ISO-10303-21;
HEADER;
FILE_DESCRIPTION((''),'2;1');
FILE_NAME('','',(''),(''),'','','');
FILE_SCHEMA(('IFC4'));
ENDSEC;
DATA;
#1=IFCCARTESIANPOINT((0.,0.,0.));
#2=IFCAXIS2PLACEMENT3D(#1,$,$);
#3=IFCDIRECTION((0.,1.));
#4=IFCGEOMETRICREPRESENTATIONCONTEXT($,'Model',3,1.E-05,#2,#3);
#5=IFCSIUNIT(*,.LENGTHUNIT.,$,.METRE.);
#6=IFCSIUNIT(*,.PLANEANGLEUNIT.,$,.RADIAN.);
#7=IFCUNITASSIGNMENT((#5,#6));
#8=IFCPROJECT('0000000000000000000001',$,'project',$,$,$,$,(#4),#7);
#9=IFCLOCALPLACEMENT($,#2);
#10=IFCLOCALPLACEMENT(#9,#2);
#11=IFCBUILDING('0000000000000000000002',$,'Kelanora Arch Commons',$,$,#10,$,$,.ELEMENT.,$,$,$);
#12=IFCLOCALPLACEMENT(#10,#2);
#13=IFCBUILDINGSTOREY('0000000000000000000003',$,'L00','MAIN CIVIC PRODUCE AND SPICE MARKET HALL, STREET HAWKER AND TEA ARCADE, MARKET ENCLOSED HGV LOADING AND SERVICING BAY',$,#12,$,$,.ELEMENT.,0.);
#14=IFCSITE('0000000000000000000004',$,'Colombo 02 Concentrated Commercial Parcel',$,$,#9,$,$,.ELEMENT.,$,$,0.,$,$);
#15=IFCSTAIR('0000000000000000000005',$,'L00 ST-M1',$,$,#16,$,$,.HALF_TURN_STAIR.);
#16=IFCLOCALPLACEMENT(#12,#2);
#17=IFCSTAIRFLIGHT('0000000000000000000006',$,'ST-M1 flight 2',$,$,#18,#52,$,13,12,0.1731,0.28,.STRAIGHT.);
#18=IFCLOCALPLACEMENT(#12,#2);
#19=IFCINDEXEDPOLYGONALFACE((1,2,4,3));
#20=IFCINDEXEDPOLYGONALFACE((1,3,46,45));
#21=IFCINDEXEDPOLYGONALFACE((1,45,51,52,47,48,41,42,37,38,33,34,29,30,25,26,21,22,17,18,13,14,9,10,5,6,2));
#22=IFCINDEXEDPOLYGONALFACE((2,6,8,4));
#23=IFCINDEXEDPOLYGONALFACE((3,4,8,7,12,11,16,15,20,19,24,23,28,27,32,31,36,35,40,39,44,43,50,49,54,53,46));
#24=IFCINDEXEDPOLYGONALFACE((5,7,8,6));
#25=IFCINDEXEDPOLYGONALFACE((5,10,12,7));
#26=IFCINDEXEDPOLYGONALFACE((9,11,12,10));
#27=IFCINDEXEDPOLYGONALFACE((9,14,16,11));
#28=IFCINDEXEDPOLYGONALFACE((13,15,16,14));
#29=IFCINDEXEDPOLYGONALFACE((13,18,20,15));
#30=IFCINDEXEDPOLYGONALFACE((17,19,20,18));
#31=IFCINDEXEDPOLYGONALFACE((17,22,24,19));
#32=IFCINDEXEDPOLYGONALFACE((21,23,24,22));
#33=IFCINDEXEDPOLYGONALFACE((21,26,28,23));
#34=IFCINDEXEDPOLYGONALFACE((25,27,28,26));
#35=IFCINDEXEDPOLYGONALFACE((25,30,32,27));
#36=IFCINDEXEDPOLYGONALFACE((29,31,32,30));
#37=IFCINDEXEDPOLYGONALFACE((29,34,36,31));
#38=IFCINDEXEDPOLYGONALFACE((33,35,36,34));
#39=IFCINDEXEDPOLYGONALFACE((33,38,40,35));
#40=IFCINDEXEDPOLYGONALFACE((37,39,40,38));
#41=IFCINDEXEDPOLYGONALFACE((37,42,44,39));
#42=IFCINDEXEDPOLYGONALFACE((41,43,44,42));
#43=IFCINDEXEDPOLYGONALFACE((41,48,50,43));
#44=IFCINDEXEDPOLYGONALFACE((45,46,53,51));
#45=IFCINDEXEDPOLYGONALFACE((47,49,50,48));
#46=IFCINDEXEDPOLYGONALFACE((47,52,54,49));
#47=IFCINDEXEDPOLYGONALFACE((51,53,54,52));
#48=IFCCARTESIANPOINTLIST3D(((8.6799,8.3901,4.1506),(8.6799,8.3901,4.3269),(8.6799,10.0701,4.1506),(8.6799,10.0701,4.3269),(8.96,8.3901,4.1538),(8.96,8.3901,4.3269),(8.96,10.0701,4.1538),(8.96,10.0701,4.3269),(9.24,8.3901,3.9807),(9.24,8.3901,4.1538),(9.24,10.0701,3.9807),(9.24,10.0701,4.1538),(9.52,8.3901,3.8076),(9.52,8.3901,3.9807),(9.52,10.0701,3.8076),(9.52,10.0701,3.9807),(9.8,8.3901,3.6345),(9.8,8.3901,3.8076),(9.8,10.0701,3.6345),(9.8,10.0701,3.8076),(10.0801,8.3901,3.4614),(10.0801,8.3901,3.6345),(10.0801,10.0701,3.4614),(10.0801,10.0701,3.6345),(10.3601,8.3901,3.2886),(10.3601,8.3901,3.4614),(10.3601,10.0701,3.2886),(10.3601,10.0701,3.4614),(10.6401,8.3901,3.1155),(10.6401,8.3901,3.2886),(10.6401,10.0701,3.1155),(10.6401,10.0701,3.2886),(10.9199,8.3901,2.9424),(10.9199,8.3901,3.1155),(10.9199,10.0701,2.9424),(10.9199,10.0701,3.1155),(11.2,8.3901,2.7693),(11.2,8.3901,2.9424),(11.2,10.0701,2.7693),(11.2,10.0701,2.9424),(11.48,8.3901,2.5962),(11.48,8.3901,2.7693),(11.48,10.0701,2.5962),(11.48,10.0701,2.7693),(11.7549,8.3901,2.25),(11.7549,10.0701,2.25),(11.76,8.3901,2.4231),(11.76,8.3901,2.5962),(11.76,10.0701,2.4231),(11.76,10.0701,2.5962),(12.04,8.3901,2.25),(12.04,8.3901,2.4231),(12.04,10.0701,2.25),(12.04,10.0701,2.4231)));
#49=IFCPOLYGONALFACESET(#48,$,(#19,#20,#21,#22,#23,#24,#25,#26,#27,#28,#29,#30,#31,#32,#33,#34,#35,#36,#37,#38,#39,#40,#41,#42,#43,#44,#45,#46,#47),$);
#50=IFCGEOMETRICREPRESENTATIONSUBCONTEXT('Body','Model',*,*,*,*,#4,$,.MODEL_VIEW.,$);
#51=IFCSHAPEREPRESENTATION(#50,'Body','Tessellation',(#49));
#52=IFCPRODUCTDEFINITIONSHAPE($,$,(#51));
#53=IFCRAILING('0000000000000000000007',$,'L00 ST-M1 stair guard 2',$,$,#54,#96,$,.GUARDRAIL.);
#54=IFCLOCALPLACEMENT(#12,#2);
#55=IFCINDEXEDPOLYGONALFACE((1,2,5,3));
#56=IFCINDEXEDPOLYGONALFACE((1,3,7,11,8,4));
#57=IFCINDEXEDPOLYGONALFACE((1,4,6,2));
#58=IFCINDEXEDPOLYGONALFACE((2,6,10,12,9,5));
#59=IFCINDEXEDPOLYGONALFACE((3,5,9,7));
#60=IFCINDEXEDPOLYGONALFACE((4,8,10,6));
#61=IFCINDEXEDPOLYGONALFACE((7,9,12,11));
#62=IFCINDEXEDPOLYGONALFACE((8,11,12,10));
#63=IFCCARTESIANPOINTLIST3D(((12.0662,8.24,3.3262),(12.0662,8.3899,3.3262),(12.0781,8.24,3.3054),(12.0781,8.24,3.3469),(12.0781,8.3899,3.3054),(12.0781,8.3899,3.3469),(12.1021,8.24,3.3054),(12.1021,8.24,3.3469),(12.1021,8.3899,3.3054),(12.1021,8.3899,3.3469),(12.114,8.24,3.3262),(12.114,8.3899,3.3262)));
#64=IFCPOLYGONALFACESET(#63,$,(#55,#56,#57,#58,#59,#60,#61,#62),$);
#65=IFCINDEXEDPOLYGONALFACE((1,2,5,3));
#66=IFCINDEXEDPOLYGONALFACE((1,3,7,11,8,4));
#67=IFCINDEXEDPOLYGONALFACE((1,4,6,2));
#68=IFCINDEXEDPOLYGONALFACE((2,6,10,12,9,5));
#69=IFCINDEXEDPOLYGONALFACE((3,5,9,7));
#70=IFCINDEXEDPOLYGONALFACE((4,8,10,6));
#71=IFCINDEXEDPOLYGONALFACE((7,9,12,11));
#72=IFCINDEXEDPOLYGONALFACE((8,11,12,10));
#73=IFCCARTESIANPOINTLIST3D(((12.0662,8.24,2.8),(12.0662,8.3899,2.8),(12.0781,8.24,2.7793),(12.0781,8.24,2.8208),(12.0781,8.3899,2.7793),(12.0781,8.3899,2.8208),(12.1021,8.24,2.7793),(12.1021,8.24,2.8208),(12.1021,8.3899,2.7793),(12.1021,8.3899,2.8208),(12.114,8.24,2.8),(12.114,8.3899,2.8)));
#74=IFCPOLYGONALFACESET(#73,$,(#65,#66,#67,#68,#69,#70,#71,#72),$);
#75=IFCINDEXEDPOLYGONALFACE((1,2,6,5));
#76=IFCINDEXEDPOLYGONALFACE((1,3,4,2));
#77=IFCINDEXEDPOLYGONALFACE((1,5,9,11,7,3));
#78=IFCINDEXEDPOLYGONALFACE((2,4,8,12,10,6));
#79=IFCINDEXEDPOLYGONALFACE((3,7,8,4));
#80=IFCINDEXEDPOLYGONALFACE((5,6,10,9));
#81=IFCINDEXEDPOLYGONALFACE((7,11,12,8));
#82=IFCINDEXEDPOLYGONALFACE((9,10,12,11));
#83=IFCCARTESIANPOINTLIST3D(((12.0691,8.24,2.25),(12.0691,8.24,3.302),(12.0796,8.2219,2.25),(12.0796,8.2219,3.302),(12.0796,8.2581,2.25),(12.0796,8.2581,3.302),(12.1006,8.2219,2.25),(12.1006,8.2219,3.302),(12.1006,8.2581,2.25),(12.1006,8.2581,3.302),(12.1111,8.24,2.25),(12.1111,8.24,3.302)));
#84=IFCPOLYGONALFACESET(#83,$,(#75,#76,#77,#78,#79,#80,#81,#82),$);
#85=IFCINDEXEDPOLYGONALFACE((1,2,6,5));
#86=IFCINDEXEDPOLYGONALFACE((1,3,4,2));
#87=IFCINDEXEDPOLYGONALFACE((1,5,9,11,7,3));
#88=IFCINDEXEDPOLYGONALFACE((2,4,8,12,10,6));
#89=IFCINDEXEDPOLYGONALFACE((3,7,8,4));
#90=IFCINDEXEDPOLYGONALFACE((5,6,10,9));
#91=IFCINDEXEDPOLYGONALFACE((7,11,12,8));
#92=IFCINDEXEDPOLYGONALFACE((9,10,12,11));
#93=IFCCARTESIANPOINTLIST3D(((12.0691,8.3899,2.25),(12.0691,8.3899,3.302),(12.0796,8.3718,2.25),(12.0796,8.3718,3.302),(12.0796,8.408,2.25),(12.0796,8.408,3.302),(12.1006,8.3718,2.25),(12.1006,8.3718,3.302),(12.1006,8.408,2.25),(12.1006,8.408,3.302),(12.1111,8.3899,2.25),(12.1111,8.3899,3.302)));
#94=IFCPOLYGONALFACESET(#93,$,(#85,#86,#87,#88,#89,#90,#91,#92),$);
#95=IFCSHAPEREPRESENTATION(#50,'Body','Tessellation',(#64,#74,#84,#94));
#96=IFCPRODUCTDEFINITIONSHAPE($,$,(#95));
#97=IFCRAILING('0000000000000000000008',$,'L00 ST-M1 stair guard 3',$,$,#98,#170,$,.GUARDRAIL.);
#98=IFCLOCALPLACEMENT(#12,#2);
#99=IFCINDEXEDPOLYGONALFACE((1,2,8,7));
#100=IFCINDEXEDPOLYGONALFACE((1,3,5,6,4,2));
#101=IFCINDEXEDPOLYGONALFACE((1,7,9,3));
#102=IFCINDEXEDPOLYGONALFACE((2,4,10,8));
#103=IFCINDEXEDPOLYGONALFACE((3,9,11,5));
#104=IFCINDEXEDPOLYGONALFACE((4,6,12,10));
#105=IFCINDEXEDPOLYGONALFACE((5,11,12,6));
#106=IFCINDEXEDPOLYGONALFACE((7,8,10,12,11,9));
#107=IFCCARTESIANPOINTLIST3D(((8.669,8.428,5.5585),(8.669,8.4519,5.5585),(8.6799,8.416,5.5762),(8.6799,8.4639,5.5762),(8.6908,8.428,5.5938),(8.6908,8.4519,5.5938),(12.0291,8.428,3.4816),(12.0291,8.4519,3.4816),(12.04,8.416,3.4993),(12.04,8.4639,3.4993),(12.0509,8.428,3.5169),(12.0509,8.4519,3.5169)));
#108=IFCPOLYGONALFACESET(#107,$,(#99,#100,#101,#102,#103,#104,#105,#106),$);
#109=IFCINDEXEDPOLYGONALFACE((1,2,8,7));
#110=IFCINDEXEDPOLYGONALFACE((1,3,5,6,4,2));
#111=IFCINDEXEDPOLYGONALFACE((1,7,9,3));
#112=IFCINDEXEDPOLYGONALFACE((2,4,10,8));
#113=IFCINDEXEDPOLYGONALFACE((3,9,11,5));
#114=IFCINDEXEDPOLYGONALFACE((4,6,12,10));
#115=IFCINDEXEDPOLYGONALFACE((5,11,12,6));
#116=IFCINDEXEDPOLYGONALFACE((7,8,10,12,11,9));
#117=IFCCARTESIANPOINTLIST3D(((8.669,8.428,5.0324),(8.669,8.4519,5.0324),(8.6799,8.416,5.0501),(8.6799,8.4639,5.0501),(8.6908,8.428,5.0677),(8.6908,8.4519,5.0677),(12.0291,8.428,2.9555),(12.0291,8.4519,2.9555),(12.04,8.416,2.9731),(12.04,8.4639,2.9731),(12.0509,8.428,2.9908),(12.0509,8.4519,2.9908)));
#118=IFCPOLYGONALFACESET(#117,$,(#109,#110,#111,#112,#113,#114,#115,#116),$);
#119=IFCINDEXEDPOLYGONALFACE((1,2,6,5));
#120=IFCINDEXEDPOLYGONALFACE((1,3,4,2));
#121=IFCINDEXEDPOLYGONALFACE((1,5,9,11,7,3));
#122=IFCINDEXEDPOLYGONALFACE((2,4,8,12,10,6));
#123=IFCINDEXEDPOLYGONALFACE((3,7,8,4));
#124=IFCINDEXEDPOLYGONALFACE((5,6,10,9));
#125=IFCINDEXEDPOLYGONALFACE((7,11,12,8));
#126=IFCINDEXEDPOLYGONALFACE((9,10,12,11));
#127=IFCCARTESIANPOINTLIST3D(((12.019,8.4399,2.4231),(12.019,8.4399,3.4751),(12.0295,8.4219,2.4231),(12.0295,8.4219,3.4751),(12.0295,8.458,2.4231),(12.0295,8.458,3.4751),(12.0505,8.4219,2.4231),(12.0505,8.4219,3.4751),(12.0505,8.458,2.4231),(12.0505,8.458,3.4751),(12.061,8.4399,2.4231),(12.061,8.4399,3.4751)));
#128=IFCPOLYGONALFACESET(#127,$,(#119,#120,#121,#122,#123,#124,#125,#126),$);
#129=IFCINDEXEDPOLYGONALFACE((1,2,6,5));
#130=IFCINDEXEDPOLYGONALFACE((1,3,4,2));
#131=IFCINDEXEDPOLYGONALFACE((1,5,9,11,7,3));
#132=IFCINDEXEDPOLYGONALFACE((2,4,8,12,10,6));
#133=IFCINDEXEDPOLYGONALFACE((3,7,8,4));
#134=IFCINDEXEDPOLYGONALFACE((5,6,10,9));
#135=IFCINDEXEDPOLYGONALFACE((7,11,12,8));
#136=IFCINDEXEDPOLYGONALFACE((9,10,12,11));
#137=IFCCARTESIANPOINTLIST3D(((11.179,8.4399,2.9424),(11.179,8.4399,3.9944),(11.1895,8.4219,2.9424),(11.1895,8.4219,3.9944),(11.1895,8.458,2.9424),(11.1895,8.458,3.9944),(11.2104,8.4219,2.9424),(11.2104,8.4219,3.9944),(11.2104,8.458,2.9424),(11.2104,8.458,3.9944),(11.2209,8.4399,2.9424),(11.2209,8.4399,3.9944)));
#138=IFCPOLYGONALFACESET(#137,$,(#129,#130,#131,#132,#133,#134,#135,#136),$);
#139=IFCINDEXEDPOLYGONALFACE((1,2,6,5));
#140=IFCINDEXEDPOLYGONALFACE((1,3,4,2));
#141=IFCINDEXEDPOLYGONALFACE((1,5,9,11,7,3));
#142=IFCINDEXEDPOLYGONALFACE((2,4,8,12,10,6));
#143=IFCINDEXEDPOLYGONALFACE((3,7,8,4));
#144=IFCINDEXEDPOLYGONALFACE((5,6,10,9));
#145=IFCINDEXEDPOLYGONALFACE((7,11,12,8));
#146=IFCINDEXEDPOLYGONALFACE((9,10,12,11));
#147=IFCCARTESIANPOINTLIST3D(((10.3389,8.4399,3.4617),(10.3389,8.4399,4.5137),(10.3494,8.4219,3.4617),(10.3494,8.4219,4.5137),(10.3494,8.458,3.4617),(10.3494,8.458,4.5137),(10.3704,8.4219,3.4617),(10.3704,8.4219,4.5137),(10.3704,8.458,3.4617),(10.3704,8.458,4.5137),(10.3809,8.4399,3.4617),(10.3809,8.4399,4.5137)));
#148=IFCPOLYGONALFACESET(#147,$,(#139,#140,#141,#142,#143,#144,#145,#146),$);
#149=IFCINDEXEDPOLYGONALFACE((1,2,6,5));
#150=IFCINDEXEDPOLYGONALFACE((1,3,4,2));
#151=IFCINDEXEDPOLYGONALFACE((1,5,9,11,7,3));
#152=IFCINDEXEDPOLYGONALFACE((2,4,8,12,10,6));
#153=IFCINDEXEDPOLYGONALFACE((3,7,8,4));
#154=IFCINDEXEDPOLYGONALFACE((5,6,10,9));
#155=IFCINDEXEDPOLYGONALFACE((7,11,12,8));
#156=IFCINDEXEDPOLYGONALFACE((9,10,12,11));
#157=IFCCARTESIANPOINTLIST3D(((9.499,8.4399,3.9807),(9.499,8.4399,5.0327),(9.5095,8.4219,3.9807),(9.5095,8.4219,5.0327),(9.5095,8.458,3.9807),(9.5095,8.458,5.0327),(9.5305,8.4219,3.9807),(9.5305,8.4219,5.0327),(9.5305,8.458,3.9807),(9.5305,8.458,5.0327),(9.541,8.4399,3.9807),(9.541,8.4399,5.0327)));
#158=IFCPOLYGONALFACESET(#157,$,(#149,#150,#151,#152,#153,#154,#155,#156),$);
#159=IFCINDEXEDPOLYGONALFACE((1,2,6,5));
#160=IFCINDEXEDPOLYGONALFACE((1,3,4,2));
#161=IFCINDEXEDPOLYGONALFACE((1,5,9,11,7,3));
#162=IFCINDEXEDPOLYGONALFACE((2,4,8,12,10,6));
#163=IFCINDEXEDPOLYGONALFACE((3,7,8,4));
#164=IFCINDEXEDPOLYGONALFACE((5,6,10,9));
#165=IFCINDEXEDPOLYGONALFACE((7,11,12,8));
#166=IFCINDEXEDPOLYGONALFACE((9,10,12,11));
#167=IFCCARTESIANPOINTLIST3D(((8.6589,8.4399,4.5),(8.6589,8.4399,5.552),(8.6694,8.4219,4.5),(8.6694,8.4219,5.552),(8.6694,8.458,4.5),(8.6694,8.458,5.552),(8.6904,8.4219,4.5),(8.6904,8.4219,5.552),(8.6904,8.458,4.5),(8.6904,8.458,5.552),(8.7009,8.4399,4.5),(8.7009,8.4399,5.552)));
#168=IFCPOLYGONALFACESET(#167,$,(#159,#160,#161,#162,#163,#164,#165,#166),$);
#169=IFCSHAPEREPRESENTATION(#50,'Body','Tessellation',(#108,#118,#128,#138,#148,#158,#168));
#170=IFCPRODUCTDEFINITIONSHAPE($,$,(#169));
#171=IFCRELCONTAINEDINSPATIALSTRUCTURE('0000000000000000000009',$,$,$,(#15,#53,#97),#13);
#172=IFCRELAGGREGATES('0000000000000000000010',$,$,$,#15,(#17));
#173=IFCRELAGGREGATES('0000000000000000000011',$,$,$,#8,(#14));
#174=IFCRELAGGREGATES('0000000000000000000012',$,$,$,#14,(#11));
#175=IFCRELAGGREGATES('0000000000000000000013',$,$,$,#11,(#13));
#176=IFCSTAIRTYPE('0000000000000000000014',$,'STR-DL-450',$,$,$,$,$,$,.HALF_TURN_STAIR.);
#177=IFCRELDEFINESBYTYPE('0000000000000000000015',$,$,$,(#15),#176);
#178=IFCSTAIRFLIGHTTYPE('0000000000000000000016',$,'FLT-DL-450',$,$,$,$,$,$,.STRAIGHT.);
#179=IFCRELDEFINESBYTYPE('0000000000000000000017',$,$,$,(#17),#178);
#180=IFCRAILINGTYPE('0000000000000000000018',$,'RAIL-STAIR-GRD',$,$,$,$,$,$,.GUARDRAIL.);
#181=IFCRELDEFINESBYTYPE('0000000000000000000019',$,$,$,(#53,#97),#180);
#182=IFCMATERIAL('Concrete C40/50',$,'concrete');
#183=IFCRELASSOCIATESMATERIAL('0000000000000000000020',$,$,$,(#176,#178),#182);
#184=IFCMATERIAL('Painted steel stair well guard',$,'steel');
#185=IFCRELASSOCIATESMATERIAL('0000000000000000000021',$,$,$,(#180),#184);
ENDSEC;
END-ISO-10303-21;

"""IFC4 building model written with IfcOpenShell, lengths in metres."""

from ifc_helpers import new_model, si_unit, direction, frame, origin, place, context, subcontext, project, spatial, polyline, outline, extrude, material, type_object, element, aggregate, save


model = new_model("IFC4")

# Units and contexts
model_context = context("Model", 3, precision=1e-05, world=origin(), true_north=direction((0.0, 1.0)))
body_context = subcontext(model_context, "Body", "Model", "MODEL_VIEW")
ifc_project = project(units=[si_unit("LENGTHUNIT", "METRE"), si_unit("PLANEANGLEUNIT", "RADIAN")], contexts=[model_context])

# Site, building, storey
site_placement = place(None, origin())
site = spatial("IfcSite", under=ifc_project, at=site_placement, Name="Colombo 02 Concentrated Commercial Parcel", CompositionType="ELEMENT", RefElevation=0.0)
building_placement = place(site_placement, origin())
building = spatial("IfcBuilding", under=site, at=building_placement, Name="Kelanora Arch Commons", CompositionType="ELEMENT")
storey_placement = place(building_placement, origin())
storey = spatial("IfcBuildingStorey", under=building, at=storey_placement, Name="L00", Description="MAIN CIVIC PRODUCE AND SPICE MARKET HALL, STREET HAWKER AND TEA ARCADE, MARKET ENCLOSED HGV LOADING AND SERVICING BAY", CompositionType="ELEMENT", Elevation=0.0)

# Shared definitions
ifc_material_1 = material(Name="Concrete C40/50", Category="concrete")

# Stair, stair flight
stair_type = type_object("IfcStairType", Name="STR-DL-450", PredefinedType="HALF_TURN_STAIR", material=ifc_material_1)
stair_placement = place(storey_placement, origin())
stair = element("IfcStair", 1, at=stair_placement, inside=storey, type_object=stair_type, Name="L00 ST-M1", PredefinedType="HALF_TURN_STAIR")
stair_flight_type = type_object("IfcStairFlightType", Name="FLT-DL-450", PredefinedType="STRAIGHT", material=ifc_material_1)
stair_flight_placement = place(storey_placement, frame((12.04, 9.23, 2.25), z_axis=(0.0, 0.0, 1.0), x_axis=(-1.0, 0.0, 0.0)))
stair_flight = element("IfcStairFlight", 2, at=stair_flight_placement, type_object=stair_flight_type, Name="ST-M1 flight 2", NumberOfRisers=13, NumberOfTreads=12, PredefinedType="STRAIGHT", RiserHeight=0.1731, TreadLength=0.28, context=body_context, shape_type="SweptSolid", body=[
    extrude(outline(polyline([(0.0, 0.0), (0.0, 0.1731), (0.28, 0.1731), (0.28, 0.3462), (0.5601, 0.3462), (0.5601, 0.5193), (0.8401, 0.5193), (0.8401, 0.6924), (1.1201, 0.6924), (1.1201, 0.8655), (1.3999, 0.8655), (1.3999, 1.0386), (1.6799, 1.0386), (1.6799, 1.2114), (1.96, 1.2114), (1.96, 1.3845), (2.24, 1.3845), (2.24, 1.5576), (2.52, 1.5576), (2.52, 1.7307), (2.8, 1.7307), (2.8, 1.9038), (3.0801, 1.9038), (3.0801, 2.0769), (3.3601, 2.0769), (3.3601, 2.25), (3.3601, 1.9006), (0.2852, 0.0), (0.0, 0.0)])), frame((0.0, 0.8398, 0.0), z_axis=(0.0, -1.0, 0.0), x_axis=(1.0, 0.0, 0.0)), (0.0, 0.0, 1.0), 1.6799),
])
aggregate(stair, [stair_flight])

# Railings
ifc_material_2 = material(Name="Painted steel stair well guard", Category="steel")
railing_type_1 = type_object("IfcRailingType", Name="RAIL-STAIR-GRD", PredefinedType="GUARDRAIL", material=ifc_material_2)
railing_1_placement = place(storey_placement, frame((12.0901, 8.24, 2.25)))
element("IfcRailing", 3, at=railing_1_placement, inside=storey, type_object=railing_type_1, Name="L00 ST-M1 stair guard 2", PredefinedType="GUARDRAIL", context=body_context, shape_type="SweptSolid", body=[
    extrude(outline(polyline([(0.0239, 0.0), (0.012, 0.0208), (-0.012, 0.0208), (-0.0239, 0.0), (-0.012, -0.0208), (0.012, -0.0208), (0.0239, 0.0)])), frame((0.0, 0.0, 1.0762), z_axis=(0.0, 1.0, 0.0), x_axis=(-1.0, 0.0, 0.0)), (0.0, 0.0, 1.0), 0.1499),
    extrude(outline(polyline([(0.0239, 0.0), (0.012, 0.0208), (-0.012, 0.0208), (-0.0239, 0.0), (-0.012, -0.0208), (0.012, -0.0208), (0.0239, 0.0)])), frame((0.0, 0.0, 0.55), z_axis=(0.0, 1.0, 0.0), x_axis=(-1.0, 0.0, 0.0)), (0.0, 0.0, 1.0), 0.1499),
    extrude(outline(polyline([(0.021, 0.0), (0.0105, 0.0181), (-0.0105, 0.0181), (-0.021, 0.0), (-0.0105, -0.0181), (0.0105, -0.0181), (0.021, 0.0)])), origin(), (0.0, 0.0, 1.0), 1.052),
    extrude(outline(polyline([(0.021, 0.0), (0.0105, 0.0181), (-0.0105, 0.0181), (-0.021, 0.0), (-0.0105, -0.0181), (0.0105, -0.0181), (0.021, 0.0)])), frame((0.0, 0.1499, 0.0)), (0.0, 0.0, 1.0), 1.052),
])
railing_2_placement = place(storey_placement, frame((12.04, 8.4399, 2.4231)))
element("IfcRailing", 4, at=railing_2_placement, inside=storey, type_object=railing_type_1, Name="L00 ST-M1 stair guard 3", PredefinedType="GUARDRAIL", context=body_context, shape_type="SweptSolid", body=[
    extrude(outline(polyline([(0.0239, 0.0), (0.012, 0.0208), (-0.012, 0.0208), (-0.0239, 0.0), (-0.012, -0.0208), (0.012, -0.0208), (0.0239, 0.0)])), frame((0.0, 0.0, 1.0762), z_axis=(-0.850623, 0.0, 0.525776), x_axis=(0.0, -1.0, 0.0)), (0.0, 0.0, 1.0), 3.9502),
    extrude(outline(polyline([(0.0239, 0.0), (0.012, 0.0208), (-0.012, 0.0208), (-0.0239, 0.0), (-0.012, -0.0208), (0.012, -0.0208), (0.0239, 0.0)])), frame((0.0, 0.0, 0.55), z_axis=(-0.850623, 0.0, 0.525776), x_axis=(0.0, -1.0, 0.0)), (0.0, 0.0, 1.0), 3.9502),
    extrude(outline(polyline([(0.021, 0.0), (0.0105, 0.0181), (-0.0105, 0.0181), (-0.021, 0.0), (-0.0105, -0.0181), (0.0105, -0.0181), (0.021, 0.0)])), origin(), (0.0, 0.0, 1.0), 1.052),
    extrude(outline(polyline([(0.021, 0.0), (0.0105, 0.0181), (-0.0105, 0.0181), (-0.021, 0.0), (-0.0105, -0.0181), (0.0105, -0.0181), (0.021, 0.0)])), frame((-0.8401, 0.0, 0.5193)), (0.0, 0.0, 1.0), 1.052),
    extrude(outline(polyline([(0.021, 0.0), (0.0105, 0.0181), (-0.0105, 0.0181), (-0.021, 0.0), (-0.0105, -0.0181), (0.0105, -0.0181), (0.021, 0.0)])), frame((-1.6802, 0.0, 1.0386)), (0.0, 0.0, 1.0), 1.052),
    extrude(outline(polyline([(0.021, 0.0), (0.0105, 0.0181), (-0.0105, 0.0181), (-0.021, 0.0), (-0.0105, -0.0181), (0.0105, -0.0181), (0.021, 0.0)])), frame((-2.52, 0.0, 1.5576)), (0.0, 0.0, 1.0), 1.052),
    extrude(outline(polyline([(0.021, 0.0), (0.0105, 0.0181), (-0.0105, 0.0181), (-0.021, 0.0), (-0.0105, -0.0181), (0.0105, -0.0181), (0.021, 0.0)])), frame((-3.3601, 0.0, 2.0769)), (0.0, 0.0, 1.0), 1.052),
])

save(model, "model.ifc")
